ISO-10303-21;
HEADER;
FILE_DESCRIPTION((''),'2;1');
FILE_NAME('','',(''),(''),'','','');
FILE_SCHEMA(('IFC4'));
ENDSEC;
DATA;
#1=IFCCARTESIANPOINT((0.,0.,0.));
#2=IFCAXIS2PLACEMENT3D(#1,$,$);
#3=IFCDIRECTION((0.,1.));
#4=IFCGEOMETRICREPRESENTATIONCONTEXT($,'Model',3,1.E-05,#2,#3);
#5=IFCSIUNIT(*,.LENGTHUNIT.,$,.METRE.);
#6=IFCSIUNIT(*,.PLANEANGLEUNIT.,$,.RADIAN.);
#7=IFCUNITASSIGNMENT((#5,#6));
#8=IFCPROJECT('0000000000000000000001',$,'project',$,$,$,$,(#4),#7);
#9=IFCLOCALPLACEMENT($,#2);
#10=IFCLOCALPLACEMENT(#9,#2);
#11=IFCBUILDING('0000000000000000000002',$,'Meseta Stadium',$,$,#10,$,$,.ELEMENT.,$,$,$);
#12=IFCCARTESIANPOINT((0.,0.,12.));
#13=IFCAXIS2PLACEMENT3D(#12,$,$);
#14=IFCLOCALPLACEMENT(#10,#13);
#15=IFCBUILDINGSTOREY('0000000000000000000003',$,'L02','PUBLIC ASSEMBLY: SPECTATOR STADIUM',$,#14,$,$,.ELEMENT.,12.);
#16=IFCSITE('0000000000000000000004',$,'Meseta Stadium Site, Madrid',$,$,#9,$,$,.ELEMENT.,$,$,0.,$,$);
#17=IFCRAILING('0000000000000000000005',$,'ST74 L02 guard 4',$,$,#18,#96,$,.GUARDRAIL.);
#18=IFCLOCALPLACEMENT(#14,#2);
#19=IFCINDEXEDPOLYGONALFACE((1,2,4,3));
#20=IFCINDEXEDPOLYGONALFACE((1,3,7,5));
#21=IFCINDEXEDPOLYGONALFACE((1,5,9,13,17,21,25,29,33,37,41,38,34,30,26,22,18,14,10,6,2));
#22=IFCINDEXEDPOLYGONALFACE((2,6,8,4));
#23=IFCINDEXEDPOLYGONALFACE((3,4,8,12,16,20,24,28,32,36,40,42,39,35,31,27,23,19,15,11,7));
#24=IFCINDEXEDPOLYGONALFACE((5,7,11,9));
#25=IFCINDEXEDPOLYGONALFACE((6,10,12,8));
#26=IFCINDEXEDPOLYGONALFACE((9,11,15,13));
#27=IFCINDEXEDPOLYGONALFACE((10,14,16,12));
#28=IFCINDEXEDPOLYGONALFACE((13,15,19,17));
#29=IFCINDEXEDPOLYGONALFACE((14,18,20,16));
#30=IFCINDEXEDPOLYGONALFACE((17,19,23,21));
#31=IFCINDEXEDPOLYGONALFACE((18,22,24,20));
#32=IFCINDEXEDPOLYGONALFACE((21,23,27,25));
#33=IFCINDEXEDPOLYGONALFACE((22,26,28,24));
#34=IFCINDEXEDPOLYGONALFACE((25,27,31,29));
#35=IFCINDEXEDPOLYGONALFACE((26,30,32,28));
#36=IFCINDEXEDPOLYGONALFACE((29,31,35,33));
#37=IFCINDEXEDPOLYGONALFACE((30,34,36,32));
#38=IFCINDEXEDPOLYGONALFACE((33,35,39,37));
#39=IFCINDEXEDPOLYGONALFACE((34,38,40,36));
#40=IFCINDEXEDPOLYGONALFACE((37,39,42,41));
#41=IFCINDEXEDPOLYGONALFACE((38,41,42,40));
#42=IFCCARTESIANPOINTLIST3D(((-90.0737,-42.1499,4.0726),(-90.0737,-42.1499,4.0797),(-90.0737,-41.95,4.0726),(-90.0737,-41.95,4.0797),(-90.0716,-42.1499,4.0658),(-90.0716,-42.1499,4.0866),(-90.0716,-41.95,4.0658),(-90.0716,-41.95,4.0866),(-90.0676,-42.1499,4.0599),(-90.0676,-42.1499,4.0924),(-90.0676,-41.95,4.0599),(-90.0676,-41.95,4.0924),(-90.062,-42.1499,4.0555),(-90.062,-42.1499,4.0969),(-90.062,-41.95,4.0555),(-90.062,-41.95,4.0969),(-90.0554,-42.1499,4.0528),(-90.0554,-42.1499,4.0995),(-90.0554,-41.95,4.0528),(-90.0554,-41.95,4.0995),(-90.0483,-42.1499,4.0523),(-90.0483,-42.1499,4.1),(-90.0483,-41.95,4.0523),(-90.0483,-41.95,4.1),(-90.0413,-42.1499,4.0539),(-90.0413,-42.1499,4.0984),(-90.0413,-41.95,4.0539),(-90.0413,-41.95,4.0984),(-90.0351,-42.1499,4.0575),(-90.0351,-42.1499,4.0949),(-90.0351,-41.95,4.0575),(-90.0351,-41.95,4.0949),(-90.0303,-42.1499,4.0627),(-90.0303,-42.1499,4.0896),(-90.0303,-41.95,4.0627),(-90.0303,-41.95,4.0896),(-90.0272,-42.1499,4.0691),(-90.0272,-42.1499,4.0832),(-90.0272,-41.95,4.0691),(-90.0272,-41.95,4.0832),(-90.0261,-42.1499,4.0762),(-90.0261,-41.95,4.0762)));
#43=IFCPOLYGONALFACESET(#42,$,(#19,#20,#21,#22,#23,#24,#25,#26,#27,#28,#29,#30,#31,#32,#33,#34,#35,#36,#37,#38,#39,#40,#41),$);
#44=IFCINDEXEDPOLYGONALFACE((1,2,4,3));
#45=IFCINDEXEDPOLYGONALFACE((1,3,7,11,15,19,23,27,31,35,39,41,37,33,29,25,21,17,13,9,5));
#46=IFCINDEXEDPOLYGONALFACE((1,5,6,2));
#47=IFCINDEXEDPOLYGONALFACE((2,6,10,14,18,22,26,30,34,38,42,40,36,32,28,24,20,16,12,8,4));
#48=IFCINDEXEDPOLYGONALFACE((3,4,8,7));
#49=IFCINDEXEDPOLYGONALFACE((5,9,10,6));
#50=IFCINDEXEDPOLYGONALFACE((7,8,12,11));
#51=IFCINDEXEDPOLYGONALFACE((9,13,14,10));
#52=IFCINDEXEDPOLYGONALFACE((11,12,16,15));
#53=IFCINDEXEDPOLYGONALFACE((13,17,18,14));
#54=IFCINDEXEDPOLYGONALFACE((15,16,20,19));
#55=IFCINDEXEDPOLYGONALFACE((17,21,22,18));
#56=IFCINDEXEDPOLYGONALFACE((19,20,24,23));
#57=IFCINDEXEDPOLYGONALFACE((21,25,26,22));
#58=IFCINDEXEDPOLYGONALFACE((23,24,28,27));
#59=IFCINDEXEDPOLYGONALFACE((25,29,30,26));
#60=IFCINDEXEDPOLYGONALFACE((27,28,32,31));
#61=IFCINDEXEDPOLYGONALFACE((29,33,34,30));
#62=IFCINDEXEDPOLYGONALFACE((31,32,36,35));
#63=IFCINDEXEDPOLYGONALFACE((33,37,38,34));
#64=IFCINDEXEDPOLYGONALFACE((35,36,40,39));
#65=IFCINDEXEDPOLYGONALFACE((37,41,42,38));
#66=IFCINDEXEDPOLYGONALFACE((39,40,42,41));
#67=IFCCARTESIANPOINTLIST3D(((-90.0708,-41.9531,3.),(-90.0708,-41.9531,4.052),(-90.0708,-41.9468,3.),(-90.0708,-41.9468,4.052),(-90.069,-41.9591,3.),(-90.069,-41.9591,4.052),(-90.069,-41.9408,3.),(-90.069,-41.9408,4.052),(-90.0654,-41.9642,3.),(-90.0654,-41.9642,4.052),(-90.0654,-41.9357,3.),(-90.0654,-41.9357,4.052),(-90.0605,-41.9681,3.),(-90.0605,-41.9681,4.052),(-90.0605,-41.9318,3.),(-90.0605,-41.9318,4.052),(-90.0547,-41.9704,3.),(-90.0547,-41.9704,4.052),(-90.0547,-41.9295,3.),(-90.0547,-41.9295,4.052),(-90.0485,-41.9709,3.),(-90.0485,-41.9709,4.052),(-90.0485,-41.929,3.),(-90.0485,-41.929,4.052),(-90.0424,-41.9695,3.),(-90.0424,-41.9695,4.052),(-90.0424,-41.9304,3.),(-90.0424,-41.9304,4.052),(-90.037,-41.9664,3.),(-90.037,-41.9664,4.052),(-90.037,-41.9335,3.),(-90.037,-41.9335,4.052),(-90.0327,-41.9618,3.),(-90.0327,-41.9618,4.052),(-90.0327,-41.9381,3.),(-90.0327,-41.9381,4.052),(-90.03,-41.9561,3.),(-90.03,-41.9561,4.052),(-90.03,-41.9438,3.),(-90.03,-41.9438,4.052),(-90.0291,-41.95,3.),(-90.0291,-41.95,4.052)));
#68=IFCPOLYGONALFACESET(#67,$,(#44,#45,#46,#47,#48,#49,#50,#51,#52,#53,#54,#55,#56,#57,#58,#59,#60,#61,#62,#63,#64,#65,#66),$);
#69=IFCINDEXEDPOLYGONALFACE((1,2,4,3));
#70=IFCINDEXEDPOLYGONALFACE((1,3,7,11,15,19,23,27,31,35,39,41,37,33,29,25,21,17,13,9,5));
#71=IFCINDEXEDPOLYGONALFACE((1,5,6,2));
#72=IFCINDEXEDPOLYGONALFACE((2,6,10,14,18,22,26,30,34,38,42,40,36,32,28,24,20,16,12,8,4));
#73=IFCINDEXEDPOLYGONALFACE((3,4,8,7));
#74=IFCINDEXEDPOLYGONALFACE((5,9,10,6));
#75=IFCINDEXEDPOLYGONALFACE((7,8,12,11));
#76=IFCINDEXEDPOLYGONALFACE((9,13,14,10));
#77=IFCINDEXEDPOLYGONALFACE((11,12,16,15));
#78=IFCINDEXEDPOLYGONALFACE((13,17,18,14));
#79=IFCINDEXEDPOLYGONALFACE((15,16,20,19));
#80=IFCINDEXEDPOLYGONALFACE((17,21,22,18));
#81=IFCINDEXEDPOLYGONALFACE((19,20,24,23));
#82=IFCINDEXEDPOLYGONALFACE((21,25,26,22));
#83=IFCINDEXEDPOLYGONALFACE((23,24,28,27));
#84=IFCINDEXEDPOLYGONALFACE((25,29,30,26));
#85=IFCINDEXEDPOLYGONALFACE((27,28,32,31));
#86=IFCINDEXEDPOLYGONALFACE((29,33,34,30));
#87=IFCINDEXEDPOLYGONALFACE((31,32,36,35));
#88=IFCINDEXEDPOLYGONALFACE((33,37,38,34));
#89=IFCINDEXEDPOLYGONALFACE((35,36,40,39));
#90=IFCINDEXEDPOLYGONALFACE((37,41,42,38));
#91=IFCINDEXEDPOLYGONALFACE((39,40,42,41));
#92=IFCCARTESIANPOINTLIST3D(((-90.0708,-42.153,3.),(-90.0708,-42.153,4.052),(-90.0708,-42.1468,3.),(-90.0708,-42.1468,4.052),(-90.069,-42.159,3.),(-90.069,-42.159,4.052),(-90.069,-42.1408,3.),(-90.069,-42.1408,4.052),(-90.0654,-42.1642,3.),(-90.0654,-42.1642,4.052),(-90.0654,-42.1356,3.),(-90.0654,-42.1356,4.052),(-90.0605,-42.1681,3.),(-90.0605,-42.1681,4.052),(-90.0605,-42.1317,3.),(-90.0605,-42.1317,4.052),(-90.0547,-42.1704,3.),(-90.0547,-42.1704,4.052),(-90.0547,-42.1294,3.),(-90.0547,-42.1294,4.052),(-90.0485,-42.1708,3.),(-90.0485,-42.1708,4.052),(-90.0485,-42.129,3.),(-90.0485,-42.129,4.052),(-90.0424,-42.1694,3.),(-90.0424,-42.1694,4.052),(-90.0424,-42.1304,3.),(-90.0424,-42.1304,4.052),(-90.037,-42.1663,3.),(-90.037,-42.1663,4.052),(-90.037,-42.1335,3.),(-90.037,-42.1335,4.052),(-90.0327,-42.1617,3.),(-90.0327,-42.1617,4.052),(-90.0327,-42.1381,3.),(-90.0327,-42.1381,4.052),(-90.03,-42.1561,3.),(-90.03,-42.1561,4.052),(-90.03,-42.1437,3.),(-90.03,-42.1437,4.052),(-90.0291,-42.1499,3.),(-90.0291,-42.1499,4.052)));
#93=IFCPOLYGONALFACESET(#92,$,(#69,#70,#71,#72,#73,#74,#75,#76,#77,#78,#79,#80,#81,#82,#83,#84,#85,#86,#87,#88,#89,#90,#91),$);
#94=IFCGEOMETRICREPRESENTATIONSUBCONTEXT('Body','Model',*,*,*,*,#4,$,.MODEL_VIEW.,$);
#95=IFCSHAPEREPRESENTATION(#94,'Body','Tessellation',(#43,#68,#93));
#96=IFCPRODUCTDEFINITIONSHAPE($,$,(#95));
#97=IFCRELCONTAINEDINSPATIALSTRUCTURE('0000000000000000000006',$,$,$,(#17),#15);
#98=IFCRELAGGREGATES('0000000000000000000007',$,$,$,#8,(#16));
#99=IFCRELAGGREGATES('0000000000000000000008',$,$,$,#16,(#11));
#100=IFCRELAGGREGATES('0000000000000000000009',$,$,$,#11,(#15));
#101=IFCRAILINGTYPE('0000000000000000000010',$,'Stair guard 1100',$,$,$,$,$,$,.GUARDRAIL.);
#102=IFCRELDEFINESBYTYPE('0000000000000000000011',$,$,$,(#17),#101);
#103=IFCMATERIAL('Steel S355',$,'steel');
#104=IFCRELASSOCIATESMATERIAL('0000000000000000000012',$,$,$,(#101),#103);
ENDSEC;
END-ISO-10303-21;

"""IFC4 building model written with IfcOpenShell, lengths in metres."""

from ifc_helpers import new_model, si_unit, direction, frame, origin, origin_2d, place, context, subcontext, project, spatial, circle, extrude, material, type_object, element, save


model = new_model("IFC4")

# Units and contexts
model_context = context("Model", 3, precision=1e-05, world=origin(), true_north=direction((0.0, 1.0)))
body_context = subcontext(model_context, "Body", "Model", "MODEL_VIEW")
ifc_project = project(units=[si_unit("LENGTHUNIT", "METRE"), si_unit("PLANEANGLEUNIT", "RADIAN")], contexts=[model_context])

# Site, building, storey
site_placement = place(None, origin())
site = spatial("IfcSite", under=ifc_project, at=site_placement, Name="Meseta Stadium Site, Madrid", CompositionType="ELEMENT", RefElevation=0.0)
building_placement = place(site_placement, origin())
building = spatial("IfcBuilding", under=site, at=building_placement, Name="Meseta Stadium", CompositionType="ELEMENT")
storey_placement = place(building_placement, frame((0.0, 0.0, 12.0)))
storey = spatial("IfcBuildingStorey", under=building, at=storey_placement, Name="L02", Description="PUBLIC ASSEMBLY: SPECTATOR STADIUM", CompositionType="ELEMENT", Elevation=12.0)

# Railing
ifc_material_1 = material(Name="Steel S355", Category="steel")
railing_type_1 = type_object("IfcRailingType", Name="Stair guard 1100", PredefinedType="GUARDRAIL", material=ifc_material_1)
railing_1_placement = place(storey_placement, frame((-90.05, -41.95, 3.0)))
element("IfcRailing", 1, at=railing_1_placement, inside=storey, type_object=railing_type_1, Name="ST74 L02 guard 4", PredefinedType="GUARDRAIL", context=body_context, shape_type="SweptSolid", body=[
    extrude(circle(Radius=0.0239, at=origin_2d()), frame((0.0, 0.0, 1.0762), z_axis=(0.0, -1.0, 0.0), x_axis=(1.0, 0.0, 0.0)), (0.0, 0.0, 1.0), 0.2),
    extrude(circle(Radius=0.021, at=origin_2d()), origin(), (0.0, 0.0, 1.0), 1.052),
    extrude(circle(Radius=0.021, at=origin_2d()), frame((0.0, -0.2, 0.0)), (0.0, 0.0, 1.0), 1.052),
])

save(model, "model.ifc")
